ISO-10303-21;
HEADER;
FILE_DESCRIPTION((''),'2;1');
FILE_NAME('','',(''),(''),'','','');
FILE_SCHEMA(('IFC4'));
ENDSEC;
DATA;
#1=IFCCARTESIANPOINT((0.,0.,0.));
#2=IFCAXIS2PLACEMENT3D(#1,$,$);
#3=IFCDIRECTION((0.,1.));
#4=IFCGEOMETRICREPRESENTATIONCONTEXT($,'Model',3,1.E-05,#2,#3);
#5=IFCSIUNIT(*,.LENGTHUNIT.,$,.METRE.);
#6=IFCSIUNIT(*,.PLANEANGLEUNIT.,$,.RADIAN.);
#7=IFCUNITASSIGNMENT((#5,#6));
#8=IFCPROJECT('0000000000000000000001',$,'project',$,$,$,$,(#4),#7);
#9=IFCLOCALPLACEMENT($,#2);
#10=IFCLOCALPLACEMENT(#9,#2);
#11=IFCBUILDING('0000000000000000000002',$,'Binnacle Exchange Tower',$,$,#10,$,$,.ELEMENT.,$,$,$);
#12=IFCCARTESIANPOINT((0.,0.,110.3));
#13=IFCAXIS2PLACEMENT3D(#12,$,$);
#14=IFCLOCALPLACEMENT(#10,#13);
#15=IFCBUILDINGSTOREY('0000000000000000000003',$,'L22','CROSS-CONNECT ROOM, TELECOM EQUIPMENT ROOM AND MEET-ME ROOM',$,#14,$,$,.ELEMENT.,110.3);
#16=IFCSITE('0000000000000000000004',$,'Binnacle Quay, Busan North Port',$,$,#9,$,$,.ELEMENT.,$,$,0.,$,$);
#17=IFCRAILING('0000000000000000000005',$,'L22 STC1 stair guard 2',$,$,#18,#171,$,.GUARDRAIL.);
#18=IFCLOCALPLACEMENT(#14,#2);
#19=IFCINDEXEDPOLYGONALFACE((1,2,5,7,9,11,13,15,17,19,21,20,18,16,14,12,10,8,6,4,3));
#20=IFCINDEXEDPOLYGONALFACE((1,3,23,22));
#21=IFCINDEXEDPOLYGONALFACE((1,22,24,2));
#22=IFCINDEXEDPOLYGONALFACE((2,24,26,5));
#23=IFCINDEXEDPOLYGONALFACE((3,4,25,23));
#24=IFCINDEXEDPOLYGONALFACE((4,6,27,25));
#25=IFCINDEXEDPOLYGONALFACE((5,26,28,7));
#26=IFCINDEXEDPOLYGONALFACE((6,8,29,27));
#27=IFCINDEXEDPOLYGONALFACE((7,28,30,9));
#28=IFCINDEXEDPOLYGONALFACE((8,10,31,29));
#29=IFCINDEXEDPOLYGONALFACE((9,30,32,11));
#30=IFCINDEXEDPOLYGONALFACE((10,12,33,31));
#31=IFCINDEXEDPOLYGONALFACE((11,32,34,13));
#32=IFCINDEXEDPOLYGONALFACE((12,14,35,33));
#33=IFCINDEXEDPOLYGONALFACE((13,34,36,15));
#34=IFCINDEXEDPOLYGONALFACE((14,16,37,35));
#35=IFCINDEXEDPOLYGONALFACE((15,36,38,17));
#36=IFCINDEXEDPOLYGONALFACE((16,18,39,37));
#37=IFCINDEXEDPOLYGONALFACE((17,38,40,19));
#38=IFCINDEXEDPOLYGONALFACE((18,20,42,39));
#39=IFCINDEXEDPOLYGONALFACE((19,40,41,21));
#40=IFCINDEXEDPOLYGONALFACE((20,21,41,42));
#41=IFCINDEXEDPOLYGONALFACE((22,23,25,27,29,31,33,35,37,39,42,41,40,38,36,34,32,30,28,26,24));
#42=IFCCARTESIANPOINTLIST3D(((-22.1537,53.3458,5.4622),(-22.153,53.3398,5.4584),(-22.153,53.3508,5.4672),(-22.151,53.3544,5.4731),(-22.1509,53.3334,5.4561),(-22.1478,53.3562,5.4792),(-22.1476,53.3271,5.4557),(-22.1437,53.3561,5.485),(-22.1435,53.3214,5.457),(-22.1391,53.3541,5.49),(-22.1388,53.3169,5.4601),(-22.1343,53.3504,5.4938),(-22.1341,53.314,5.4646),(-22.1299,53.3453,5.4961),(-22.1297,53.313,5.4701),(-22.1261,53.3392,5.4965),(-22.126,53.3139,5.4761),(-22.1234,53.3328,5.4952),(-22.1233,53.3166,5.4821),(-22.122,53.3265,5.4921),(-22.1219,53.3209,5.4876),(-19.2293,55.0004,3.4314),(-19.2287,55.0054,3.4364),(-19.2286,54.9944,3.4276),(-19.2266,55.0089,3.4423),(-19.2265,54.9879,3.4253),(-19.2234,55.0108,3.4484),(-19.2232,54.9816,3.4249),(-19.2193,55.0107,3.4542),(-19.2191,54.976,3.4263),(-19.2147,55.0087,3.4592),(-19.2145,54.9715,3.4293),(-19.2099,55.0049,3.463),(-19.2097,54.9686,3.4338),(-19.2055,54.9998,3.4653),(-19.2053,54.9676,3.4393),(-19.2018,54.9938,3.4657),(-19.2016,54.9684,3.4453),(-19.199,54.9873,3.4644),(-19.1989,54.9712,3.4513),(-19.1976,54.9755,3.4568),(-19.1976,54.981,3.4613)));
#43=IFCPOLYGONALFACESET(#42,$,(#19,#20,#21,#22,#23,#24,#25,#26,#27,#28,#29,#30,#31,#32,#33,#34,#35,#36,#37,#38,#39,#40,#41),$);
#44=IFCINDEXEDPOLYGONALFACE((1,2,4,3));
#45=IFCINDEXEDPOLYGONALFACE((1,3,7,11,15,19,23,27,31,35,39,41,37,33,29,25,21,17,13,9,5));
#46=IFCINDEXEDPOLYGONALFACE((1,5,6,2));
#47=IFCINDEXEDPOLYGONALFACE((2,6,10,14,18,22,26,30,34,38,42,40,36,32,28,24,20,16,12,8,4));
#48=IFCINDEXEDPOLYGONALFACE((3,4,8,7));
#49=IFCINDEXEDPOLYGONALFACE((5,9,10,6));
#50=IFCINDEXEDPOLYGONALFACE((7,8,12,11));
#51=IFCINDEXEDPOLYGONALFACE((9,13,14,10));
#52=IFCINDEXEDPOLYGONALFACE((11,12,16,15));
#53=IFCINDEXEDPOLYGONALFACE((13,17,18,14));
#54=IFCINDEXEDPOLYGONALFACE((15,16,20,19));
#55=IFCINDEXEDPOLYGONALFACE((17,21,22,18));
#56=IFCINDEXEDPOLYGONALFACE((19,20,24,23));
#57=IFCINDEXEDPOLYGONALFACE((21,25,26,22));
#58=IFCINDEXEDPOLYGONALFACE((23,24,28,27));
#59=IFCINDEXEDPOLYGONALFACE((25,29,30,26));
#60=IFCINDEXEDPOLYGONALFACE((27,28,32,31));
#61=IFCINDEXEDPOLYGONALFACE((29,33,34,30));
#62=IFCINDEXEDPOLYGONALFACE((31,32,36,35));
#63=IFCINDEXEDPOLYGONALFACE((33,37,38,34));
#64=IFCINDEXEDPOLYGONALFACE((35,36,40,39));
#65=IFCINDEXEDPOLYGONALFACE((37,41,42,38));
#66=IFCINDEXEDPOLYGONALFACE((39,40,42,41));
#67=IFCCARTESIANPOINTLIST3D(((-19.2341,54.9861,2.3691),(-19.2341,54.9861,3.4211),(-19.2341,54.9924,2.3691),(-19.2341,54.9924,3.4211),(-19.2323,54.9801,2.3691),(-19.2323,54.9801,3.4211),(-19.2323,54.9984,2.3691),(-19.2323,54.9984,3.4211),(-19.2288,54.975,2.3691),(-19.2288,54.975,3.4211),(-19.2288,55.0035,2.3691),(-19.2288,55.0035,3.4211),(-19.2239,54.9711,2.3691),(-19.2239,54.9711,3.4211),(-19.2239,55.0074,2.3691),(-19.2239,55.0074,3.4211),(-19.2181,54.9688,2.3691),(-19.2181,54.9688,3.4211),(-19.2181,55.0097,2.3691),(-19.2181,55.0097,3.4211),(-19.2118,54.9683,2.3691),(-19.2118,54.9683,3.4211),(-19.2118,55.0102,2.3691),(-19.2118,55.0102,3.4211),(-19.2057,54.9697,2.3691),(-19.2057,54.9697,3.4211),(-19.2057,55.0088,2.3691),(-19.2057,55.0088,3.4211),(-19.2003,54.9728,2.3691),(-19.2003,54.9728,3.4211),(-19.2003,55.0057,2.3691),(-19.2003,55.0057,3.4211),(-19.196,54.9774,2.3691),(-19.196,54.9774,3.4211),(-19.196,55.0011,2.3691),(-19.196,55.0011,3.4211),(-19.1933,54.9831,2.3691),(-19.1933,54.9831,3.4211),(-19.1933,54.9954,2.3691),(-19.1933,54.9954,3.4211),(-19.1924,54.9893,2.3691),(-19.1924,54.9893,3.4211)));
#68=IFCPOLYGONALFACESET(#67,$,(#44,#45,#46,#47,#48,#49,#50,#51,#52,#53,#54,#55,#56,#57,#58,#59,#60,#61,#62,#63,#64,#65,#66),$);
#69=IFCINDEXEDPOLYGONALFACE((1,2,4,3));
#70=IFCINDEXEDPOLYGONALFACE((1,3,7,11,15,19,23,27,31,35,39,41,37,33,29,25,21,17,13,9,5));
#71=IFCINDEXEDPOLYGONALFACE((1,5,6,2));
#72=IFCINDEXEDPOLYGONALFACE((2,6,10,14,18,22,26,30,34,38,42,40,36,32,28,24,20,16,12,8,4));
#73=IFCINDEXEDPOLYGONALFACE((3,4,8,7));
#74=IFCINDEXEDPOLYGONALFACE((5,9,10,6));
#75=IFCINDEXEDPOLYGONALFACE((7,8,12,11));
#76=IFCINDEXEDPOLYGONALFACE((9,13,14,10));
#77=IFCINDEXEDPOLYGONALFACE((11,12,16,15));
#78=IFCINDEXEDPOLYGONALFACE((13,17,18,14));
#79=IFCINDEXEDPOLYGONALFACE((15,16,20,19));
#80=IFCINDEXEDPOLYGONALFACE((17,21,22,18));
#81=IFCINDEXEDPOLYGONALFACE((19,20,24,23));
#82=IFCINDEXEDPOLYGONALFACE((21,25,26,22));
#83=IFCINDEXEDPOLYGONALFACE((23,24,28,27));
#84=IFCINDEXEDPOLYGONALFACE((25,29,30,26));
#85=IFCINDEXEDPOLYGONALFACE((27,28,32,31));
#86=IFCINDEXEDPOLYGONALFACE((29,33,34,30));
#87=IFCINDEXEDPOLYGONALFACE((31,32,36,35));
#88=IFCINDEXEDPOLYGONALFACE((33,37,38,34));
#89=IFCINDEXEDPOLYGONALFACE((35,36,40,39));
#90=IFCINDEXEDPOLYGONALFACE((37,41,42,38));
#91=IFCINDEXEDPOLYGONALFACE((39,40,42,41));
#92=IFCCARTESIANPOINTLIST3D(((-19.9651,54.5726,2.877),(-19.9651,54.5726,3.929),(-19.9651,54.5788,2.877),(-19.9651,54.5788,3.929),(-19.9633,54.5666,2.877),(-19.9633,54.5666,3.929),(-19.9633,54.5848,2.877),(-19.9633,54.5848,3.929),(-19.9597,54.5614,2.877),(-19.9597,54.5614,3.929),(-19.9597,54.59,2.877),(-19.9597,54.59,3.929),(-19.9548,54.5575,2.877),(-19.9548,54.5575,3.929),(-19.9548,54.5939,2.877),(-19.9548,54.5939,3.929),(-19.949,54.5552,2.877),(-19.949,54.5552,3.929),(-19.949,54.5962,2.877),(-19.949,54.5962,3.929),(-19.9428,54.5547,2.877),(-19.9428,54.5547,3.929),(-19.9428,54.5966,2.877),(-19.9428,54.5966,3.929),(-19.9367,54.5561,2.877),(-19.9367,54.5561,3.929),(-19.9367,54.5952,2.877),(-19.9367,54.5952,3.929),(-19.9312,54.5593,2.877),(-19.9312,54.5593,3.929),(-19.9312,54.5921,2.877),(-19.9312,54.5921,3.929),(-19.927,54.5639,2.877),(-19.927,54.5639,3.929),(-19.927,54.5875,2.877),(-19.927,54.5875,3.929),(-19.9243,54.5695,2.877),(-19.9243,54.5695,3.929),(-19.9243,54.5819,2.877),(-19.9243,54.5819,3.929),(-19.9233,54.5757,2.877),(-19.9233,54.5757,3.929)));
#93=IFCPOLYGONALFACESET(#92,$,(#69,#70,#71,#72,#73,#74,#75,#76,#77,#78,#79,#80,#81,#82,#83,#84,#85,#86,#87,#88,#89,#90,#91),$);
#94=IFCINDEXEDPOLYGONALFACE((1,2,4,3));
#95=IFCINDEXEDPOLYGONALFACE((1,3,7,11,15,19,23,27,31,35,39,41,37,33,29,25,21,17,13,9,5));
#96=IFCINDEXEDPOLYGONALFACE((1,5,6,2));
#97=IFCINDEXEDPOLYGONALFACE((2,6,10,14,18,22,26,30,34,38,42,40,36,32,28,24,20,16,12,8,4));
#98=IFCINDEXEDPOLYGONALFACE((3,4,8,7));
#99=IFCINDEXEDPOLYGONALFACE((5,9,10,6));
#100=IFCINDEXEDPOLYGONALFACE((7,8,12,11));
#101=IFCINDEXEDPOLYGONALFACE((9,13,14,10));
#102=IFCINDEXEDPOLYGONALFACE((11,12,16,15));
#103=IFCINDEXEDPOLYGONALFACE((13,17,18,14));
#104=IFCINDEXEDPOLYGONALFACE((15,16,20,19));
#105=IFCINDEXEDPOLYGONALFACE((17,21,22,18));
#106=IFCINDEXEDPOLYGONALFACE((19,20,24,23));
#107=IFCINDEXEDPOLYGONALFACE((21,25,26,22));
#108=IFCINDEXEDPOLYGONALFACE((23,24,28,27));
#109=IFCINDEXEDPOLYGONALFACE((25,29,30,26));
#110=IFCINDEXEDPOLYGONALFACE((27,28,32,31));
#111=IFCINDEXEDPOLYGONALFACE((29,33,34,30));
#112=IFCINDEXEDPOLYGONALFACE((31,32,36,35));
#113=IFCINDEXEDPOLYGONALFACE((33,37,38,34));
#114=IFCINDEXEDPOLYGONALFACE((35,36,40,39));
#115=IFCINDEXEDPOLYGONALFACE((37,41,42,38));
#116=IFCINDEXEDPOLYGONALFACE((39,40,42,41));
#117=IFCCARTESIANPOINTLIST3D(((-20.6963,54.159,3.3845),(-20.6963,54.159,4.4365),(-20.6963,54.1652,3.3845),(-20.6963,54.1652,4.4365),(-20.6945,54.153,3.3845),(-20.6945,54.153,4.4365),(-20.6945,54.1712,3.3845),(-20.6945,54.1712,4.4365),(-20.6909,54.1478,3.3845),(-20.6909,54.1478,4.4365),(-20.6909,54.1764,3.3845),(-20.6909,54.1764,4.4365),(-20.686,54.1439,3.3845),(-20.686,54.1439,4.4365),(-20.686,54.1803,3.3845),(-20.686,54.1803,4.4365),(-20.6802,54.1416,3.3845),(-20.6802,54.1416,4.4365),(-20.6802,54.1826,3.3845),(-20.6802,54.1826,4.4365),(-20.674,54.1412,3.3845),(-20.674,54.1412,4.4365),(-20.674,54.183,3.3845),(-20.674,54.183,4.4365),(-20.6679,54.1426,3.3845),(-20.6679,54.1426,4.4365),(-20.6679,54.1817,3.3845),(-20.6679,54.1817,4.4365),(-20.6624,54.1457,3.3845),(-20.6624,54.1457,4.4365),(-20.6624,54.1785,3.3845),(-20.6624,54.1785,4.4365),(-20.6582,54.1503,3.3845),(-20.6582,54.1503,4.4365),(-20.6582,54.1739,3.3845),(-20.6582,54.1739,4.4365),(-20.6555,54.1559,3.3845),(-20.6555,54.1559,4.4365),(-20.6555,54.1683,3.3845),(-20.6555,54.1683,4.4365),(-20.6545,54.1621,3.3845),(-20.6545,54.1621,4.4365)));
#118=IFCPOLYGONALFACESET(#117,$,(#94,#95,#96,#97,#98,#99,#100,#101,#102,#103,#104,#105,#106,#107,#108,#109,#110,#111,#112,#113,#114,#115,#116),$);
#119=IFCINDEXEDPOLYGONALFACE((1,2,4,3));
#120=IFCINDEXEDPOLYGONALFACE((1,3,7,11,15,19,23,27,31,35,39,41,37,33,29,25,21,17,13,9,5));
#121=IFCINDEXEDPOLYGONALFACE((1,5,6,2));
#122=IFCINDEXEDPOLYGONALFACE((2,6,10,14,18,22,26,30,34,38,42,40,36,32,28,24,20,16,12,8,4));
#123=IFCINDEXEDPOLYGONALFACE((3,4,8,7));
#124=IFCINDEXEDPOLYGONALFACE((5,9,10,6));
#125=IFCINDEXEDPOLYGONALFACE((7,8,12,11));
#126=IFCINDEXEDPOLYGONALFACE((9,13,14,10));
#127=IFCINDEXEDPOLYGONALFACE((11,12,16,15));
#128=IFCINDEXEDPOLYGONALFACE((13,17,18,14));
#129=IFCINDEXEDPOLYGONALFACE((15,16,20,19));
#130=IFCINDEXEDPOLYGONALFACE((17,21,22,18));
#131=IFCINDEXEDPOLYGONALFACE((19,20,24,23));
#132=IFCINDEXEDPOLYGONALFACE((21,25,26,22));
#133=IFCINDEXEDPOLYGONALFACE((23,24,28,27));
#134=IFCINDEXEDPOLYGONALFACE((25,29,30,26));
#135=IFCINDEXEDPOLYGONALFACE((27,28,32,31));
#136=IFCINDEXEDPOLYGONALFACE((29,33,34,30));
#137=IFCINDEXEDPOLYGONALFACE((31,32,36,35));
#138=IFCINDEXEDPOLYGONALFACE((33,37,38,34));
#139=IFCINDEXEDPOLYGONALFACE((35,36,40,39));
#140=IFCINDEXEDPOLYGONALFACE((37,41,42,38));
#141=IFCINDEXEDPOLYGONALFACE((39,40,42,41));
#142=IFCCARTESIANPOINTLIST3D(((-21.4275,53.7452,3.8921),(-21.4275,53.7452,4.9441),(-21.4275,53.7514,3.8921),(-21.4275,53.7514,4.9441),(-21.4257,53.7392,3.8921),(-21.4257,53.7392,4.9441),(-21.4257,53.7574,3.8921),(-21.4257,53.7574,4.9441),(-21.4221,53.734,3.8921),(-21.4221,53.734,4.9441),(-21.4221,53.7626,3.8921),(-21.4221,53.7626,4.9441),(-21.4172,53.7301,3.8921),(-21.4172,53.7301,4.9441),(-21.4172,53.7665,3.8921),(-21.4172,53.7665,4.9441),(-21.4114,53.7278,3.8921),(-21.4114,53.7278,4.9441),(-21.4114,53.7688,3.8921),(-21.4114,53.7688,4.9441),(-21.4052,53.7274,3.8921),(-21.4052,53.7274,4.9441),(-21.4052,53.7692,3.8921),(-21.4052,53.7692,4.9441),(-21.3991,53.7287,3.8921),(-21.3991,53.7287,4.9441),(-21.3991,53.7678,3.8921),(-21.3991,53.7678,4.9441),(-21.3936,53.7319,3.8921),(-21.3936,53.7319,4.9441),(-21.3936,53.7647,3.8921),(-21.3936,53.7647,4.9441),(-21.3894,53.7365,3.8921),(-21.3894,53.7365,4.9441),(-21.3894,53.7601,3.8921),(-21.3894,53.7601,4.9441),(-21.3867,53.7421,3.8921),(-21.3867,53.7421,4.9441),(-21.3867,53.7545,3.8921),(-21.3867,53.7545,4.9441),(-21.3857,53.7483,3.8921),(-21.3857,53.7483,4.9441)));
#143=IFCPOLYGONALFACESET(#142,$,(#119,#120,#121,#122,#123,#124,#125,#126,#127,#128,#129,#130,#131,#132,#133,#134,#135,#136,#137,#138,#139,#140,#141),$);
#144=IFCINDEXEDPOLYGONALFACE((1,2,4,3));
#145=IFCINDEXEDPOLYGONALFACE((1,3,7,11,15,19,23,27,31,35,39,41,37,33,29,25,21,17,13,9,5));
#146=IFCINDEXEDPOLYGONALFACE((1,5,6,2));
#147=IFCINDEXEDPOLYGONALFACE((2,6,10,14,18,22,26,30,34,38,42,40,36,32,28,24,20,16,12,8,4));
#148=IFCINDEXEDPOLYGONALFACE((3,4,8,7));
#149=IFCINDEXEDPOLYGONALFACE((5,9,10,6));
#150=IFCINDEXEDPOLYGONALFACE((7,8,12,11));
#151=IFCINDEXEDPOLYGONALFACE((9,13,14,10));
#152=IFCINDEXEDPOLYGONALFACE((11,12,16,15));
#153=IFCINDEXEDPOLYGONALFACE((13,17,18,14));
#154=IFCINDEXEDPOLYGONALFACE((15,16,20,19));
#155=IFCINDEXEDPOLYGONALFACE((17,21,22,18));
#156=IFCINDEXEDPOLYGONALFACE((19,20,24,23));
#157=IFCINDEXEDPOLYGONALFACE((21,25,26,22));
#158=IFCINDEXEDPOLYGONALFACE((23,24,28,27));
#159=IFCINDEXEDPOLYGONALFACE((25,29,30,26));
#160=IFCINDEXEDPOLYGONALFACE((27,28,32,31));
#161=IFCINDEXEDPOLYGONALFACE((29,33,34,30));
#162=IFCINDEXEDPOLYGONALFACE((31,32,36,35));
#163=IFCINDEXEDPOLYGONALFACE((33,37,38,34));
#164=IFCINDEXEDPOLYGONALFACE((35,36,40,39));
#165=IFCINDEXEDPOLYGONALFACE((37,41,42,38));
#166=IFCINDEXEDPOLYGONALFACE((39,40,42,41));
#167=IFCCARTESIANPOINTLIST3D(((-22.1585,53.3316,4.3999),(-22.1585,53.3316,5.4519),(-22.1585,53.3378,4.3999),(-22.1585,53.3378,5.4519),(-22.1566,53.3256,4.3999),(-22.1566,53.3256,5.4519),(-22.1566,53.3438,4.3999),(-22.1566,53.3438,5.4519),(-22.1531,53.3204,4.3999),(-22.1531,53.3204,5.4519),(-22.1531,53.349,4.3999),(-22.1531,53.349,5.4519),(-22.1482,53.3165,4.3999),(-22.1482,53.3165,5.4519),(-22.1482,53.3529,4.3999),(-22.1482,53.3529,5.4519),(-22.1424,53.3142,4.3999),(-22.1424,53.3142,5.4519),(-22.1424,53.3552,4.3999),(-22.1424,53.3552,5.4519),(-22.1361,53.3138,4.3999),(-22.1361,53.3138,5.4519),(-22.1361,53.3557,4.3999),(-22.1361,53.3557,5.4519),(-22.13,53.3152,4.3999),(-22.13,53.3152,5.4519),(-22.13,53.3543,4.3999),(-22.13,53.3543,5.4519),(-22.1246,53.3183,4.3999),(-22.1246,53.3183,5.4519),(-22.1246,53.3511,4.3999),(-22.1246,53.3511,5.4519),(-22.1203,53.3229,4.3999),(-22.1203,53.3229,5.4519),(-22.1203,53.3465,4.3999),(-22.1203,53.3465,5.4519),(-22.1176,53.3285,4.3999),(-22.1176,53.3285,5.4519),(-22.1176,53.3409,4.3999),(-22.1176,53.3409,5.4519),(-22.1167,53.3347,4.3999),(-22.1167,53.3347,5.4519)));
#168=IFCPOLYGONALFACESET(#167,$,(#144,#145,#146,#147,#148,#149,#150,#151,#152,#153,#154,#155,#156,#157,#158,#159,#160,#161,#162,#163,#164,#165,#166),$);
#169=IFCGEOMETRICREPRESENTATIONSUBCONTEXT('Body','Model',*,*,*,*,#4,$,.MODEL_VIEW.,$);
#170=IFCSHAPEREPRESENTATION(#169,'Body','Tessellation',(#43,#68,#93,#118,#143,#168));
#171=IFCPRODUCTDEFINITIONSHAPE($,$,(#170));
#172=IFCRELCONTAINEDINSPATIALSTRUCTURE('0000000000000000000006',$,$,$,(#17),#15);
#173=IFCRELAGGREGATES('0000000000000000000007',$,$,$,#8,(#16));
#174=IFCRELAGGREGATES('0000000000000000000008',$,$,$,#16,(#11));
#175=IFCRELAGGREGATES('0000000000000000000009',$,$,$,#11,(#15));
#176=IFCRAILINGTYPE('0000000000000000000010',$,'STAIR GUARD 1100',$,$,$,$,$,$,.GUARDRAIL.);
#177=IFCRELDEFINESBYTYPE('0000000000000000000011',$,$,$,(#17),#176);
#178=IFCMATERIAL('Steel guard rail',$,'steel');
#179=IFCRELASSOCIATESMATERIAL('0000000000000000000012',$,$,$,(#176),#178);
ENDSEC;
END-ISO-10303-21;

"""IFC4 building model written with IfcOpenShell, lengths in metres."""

from ifc_helpers import new_model, si_unit, direction, frame, origin, origin_2d, place, context, subcontext, project, spatial, circle, extrude, material, type_object, element, save


model = new_model("IFC4")

# Units and contexts
model_context = context("Model", 3, precision=1e-05, world=origin(), true_north=direction((0.0, 1.0)))
body_context = subcontext(model_context, "Body", "Model", "MODEL_VIEW")
ifc_project = project(units=[si_unit("LENGTHUNIT", "METRE"), si_unit("PLANEANGLEUNIT", "RADIAN")], contexts=[model_context])

# Site, building, storey
site_placement = place(None, origin())
site = spatial("IfcSite", under=ifc_project, at=site_placement, Name="Binnacle Quay, Busan North Port", CompositionType="ELEMENT", RefElevation=0.0)
building_placement = place(site_placement, origin())
building = spatial("IfcBuilding", under=site, at=building_placement, Name="Binnacle Exchange Tower", CompositionType="ELEMENT")
storey_placement = place(building_placement, frame((0.0, 0.0, 110.3)))
storey = spatial("IfcBuildingStorey", under=building, at=storey_placement, Name="L22", Description="CROSS-CONNECT ROOM, TELECOM EQUIPMENT ROOM AND MEET-ME ROOM", CompositionType="ELEMENT", Elevation=110.3)

# Railing
ifc_material_1 = material(Name="Steel guard rail", Category="steel")
railing_type_1 = type_object("IfcRailingType", Name="STAIR GUARD 1100", PredefinedType="GUARDRAIL", material=ifc_material_1)
railing_1_placement = place(storey_placement, frame((-19.2134, 54.9893, 2.3691)))
element("IfcRailing", 1, at=railing_1_placement, inside=storey, type_object=railing_type_1, Name="L22 STC1 stair guard 2", PredefinedType="GUARDRAIL", context=body_context, shape_type="SweptSolid", body=[
    extrude(circle(Radius=0.0239, at=origin_2d()), frame((0.0, 0.0, 1.0762), z_axis=(-0.744867, -0.421437, 0.517266), x_axis=(0.492433, -0.87035, 0.0)), (0.0, 0.0, 1.0), 3.926),
    extrude(circle(Radius=0.021, at=origin_2d()), origin(), (0.0, 0.0, 1.0), 1.052),
    extrude(circle(Radius=0.021, at=origin_2d()), frame((-0.731, -0.4136, 0.5078)), (0.0, 0.0, 1.0), 1.052),
    extrude(circle(Radius=0.021, at=origin_2d()), frame((-1.4622, -0.8271, 1.0154)), (0.0, 0.0, 1.0), 1.052),
    extrude(circle(Radius=0.021, at=origin_2d()), frame((-2.1934, -1.241, 1.5229)), (0.0, 0.0, 1.0), 1.052),
    extrude(circle(Radius=0.021, at=origin_2d()), frame((-2.9243, -1.6545, 2.0308)), (0.0, 0.0, 1.0), 1.052),
])

save(model, "model.ifc")
